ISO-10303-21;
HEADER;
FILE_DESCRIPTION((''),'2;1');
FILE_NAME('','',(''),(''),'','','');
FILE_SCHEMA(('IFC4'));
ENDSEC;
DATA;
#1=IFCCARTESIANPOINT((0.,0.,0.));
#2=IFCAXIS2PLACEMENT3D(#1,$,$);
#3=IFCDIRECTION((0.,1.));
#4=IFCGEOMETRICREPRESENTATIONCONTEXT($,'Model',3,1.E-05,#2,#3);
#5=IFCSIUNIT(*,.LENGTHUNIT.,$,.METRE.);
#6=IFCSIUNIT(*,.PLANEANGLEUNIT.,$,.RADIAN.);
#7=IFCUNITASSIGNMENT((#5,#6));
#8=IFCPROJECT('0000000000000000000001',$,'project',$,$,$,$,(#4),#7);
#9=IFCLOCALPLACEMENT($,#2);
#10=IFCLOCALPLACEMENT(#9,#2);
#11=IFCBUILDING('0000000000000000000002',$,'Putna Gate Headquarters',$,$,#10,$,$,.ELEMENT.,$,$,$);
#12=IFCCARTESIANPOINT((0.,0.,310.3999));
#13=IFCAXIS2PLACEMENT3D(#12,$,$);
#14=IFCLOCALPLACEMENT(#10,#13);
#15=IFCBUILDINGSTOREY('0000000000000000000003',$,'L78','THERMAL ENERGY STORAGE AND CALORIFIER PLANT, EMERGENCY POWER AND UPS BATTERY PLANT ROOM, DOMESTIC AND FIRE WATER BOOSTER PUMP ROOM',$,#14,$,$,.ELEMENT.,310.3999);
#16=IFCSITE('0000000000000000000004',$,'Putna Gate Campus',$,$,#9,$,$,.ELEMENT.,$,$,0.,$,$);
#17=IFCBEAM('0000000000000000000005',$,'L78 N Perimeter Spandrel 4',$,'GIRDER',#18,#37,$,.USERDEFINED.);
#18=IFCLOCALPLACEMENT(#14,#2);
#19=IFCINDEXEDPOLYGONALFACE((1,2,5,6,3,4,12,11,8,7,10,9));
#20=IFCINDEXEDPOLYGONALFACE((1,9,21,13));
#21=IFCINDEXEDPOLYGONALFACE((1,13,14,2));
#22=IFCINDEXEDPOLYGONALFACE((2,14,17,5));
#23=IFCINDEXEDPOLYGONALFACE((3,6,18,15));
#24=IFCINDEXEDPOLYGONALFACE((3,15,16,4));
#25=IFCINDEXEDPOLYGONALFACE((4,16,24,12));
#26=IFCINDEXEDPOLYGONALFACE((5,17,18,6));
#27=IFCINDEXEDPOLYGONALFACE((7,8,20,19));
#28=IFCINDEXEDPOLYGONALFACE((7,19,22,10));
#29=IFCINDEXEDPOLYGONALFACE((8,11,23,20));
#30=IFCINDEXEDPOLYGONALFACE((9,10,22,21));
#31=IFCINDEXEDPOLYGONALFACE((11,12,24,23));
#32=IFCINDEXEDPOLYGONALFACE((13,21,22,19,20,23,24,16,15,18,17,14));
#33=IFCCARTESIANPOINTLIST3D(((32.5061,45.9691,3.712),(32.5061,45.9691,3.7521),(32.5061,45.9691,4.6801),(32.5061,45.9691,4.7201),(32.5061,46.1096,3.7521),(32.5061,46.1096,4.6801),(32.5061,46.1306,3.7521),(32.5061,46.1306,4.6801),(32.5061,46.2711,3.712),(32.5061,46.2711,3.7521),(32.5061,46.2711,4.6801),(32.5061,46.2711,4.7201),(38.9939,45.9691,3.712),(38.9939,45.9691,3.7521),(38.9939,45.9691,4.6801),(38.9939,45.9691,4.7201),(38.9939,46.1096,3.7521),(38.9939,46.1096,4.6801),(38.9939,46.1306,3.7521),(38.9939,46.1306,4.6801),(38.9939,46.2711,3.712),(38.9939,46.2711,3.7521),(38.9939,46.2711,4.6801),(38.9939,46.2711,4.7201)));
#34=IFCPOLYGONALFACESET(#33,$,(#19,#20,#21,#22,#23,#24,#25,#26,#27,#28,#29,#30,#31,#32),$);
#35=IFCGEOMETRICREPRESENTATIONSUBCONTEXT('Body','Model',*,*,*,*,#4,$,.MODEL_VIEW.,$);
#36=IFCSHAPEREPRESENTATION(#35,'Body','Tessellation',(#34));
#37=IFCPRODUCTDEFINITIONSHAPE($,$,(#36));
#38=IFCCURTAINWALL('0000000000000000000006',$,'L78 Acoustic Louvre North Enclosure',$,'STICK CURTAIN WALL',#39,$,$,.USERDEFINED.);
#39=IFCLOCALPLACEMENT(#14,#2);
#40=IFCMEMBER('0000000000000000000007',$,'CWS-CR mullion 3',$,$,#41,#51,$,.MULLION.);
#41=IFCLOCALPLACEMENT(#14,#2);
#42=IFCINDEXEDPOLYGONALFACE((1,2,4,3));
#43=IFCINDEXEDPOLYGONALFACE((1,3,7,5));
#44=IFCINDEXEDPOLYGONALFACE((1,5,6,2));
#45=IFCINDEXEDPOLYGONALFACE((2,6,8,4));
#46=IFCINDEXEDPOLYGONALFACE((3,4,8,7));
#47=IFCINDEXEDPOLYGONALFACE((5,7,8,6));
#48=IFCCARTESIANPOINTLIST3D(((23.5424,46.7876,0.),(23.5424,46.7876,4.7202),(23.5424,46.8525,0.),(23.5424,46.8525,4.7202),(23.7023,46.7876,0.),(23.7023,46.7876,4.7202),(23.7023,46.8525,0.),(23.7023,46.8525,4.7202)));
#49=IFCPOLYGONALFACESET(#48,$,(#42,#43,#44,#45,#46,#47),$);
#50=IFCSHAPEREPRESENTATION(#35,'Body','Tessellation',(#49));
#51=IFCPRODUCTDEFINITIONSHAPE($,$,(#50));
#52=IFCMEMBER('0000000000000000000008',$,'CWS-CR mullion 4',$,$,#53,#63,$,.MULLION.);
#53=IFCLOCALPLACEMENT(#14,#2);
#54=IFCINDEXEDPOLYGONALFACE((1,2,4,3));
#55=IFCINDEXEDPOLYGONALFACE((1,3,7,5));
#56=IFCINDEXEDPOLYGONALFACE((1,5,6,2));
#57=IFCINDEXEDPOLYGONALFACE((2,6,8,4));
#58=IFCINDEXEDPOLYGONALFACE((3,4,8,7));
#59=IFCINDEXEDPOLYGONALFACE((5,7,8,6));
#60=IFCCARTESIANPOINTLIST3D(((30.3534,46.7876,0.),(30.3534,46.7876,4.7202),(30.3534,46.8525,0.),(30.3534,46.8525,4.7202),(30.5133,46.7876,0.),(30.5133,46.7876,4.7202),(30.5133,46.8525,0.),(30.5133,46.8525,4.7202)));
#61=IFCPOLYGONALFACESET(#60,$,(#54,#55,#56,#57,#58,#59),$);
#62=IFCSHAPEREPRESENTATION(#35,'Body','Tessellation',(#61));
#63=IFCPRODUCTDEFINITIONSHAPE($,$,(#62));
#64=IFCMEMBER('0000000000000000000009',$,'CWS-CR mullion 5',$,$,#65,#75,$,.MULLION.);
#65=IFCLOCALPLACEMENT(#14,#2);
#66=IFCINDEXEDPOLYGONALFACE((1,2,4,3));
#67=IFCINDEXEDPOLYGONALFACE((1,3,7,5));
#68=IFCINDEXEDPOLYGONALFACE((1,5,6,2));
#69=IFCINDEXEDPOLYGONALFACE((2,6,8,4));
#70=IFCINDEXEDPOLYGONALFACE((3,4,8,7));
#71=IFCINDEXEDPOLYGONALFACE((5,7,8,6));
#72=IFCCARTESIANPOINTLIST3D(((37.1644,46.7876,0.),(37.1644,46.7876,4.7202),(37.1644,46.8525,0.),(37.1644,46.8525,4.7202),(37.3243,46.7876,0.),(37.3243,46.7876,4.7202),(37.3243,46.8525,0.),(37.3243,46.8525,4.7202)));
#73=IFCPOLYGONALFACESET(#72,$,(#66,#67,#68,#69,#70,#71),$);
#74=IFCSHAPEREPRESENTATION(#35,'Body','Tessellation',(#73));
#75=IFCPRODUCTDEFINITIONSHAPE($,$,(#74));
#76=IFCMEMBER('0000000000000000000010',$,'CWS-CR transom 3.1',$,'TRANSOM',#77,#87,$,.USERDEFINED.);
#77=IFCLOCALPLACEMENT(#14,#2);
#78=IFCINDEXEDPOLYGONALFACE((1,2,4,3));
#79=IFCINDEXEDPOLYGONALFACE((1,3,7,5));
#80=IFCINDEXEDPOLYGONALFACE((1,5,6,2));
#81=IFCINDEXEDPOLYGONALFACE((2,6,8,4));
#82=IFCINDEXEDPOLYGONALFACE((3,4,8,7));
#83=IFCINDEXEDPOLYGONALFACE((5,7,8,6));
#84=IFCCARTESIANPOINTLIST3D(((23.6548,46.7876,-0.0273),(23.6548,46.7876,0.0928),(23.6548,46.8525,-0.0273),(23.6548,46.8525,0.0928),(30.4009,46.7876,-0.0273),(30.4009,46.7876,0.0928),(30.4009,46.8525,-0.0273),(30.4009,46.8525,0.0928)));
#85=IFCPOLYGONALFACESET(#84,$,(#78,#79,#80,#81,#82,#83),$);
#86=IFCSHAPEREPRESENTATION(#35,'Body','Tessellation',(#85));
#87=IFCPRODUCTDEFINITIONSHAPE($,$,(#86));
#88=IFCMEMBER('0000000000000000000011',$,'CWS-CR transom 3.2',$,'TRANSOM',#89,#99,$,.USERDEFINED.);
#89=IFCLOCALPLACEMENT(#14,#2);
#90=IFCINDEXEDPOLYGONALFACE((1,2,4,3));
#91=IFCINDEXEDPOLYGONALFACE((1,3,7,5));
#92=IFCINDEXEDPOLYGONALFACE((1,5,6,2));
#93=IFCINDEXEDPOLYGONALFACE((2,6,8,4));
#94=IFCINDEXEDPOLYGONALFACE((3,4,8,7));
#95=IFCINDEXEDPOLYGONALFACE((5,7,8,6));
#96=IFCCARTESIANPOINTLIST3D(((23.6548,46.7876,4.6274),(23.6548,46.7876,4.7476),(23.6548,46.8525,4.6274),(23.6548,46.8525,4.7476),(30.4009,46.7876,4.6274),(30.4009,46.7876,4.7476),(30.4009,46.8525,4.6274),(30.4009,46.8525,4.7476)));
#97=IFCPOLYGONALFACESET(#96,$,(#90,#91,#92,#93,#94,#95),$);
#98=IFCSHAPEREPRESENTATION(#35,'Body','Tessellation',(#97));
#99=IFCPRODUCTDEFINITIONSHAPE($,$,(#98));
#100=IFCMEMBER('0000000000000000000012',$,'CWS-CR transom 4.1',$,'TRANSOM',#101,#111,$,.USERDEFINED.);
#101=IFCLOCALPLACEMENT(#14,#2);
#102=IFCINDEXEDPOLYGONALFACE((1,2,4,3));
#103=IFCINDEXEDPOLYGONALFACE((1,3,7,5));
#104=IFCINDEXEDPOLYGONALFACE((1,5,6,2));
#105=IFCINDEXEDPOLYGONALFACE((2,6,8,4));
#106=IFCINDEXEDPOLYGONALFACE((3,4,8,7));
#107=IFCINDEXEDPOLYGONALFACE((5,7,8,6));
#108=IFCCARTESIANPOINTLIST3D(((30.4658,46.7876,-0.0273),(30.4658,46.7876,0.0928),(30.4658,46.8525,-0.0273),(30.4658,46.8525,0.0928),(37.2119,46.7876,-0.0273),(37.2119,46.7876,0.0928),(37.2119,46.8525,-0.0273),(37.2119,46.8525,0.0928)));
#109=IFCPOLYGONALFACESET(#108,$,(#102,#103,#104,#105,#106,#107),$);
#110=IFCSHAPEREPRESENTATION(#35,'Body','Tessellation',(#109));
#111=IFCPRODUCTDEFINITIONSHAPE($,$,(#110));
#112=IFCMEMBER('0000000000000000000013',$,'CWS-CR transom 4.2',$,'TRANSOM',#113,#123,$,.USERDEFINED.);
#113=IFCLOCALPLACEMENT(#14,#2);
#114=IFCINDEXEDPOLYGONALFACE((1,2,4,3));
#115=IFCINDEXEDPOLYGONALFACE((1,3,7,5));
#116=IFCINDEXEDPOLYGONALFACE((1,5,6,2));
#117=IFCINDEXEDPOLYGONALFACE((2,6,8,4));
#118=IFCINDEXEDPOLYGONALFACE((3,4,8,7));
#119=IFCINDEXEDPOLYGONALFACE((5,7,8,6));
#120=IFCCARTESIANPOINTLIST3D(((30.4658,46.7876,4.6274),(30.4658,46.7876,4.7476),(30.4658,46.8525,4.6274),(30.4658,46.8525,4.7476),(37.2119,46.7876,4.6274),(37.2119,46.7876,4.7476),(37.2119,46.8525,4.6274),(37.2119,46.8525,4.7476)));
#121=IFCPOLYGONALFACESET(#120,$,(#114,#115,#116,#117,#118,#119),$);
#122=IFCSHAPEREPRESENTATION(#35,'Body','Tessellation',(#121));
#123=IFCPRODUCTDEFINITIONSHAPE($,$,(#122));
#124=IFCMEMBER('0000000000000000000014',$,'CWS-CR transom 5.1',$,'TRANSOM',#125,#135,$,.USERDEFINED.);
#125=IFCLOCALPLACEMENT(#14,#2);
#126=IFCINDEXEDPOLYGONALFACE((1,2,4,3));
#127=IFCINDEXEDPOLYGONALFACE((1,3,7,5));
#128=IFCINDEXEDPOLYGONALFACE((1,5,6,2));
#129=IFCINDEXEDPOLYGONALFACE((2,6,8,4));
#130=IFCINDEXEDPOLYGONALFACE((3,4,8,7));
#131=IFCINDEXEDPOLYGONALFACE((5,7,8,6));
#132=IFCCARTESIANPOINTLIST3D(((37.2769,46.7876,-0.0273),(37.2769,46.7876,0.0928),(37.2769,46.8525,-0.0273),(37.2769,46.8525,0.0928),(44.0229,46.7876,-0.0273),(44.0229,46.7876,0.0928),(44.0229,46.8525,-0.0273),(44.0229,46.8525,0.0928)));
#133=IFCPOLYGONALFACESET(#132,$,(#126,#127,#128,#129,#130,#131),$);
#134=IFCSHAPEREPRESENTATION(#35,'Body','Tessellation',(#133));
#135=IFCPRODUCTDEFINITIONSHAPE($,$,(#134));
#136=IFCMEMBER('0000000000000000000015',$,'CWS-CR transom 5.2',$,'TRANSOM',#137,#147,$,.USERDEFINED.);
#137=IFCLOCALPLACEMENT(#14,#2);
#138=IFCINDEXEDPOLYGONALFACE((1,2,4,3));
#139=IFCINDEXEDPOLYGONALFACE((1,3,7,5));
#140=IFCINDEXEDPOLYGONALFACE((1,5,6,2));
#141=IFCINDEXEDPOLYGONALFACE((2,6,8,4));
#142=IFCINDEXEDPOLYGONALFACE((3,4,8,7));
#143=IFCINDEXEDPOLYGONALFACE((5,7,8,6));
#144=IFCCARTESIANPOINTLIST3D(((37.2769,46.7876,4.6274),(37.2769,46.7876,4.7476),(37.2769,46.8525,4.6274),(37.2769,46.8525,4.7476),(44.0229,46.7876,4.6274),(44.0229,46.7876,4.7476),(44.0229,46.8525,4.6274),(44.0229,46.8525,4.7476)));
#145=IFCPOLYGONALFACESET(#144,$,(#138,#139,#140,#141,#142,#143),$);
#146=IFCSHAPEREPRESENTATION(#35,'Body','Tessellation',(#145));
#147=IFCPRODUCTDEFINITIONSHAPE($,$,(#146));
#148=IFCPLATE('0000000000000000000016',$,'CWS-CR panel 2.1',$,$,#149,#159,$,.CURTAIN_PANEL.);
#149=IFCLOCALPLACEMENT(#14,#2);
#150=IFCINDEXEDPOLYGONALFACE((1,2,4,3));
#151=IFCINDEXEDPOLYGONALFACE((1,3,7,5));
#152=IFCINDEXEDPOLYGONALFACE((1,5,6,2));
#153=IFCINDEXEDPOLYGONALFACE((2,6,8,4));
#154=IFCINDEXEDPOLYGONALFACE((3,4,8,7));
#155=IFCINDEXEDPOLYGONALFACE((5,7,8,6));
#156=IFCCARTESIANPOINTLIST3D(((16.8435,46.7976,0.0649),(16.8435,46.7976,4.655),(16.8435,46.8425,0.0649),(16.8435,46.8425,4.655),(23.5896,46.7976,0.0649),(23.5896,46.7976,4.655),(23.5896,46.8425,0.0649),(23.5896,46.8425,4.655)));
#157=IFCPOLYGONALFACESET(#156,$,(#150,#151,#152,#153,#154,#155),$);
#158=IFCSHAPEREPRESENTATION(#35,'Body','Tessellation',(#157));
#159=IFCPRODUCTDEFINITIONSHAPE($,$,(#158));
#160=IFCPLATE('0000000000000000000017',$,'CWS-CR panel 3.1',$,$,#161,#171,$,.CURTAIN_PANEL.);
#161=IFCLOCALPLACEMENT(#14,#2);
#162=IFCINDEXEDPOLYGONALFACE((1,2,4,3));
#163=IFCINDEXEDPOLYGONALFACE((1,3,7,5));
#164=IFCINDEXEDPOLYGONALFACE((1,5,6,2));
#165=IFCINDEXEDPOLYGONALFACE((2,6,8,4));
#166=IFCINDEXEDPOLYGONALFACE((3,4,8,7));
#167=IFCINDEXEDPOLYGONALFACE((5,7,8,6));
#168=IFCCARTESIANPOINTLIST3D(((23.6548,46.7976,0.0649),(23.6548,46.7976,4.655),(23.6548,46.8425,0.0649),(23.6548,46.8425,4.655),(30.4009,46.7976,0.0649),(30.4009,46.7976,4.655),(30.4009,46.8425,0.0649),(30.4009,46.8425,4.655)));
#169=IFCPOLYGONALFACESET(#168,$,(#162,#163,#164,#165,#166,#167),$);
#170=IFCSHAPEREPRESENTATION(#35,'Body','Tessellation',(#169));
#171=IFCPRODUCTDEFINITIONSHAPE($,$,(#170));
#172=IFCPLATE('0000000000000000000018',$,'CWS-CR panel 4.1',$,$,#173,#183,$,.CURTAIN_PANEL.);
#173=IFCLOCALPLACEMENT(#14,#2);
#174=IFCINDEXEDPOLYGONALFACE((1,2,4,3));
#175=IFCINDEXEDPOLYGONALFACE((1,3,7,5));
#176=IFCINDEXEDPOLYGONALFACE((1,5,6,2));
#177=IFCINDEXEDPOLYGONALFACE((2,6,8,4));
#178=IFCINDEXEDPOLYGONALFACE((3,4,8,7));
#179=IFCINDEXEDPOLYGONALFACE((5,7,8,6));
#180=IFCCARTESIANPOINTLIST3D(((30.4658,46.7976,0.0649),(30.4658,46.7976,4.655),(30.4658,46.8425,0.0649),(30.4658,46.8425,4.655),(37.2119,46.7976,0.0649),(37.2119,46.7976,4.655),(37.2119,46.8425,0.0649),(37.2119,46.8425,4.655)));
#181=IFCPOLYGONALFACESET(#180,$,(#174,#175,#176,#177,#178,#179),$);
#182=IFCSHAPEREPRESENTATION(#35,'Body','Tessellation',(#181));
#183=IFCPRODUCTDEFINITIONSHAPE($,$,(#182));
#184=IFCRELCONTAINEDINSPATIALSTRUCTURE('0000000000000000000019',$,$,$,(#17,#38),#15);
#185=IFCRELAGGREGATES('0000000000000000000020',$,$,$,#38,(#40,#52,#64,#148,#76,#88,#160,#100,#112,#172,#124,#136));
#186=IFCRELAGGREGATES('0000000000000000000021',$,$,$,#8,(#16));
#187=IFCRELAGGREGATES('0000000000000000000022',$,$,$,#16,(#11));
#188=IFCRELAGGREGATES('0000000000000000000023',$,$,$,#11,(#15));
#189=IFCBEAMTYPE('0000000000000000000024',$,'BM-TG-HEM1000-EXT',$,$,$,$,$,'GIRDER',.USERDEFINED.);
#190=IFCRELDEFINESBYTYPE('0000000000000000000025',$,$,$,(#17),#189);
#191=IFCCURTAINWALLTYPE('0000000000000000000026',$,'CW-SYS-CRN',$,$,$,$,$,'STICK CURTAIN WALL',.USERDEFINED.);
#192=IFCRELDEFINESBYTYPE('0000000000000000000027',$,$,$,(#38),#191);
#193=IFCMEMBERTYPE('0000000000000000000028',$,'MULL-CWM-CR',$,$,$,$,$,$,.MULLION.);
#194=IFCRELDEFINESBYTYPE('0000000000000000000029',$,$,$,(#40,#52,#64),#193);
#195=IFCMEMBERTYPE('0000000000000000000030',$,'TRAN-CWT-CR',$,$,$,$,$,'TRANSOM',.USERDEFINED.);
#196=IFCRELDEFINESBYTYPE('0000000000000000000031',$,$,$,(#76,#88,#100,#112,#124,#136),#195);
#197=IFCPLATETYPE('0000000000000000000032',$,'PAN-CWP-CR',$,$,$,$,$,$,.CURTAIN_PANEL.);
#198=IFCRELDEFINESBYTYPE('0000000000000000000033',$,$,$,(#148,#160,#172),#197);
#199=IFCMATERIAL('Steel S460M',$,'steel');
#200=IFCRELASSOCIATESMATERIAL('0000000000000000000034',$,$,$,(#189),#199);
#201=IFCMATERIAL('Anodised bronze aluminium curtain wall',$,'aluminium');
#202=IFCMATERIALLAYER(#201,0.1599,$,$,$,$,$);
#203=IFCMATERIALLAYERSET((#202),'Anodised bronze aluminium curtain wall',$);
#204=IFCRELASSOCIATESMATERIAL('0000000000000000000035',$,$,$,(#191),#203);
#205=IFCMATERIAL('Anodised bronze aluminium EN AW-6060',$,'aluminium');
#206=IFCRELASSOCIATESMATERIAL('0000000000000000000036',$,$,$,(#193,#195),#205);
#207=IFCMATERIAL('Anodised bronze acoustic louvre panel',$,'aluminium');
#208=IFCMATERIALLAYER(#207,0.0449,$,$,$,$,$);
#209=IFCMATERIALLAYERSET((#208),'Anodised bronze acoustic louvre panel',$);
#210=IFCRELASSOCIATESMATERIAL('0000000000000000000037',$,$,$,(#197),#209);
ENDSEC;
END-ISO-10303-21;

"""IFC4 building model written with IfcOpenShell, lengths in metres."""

from ifc_helpers import new_model, si_unit, direction, frame, origin, origin_2d, place, context, subcontext, project, spatial, rectangle, i_section, extrude, material, layer, layer_set, material_profile, profile_set, type_object, element, aggregate, save


model = new_model("IFC4")

# Units and contexts
model_context = context("Model", 3, precision=1e-05, world=origin(), true_north=direction((0.0, 1.0)))
body_context = subcontext(model_context, "Body", "Model", "MODEL_VIEW")
ifc_project = project(units=[si_unit("LENGTHUNIT", "METRE"), si_unit("PLANEANGLEUNIT", "RADIAN")], contexts=[model_context])

# Site, building, storey
site_placement = place(None, origin())
site = spatial("IfcSite", under=ifc_project, at=site_placement, Name="Putna Gate Campus", CompositionType="ELEMENT", RefElevation=0.0)
building_placement = place(site_placement, origin())
building = spatial("IfcBuilding", under=site, at=building_placement, Name="Putna Gate Headquarters", CompositionType="ELEMENT")
storey_placement = place(building_placement, frame((0.0, 0.0, 310.3999)))
storey = spatial("IfcBuildingStorey", under=building, at=storey_placement, Name="L78", Description="THERMAL ENERGY STORAGE AND CALORIFIER PLANT, EMERGENCY POWER AND UPS BATTERY PLANT ROOM, DOMESTIC AND FIRE WATER BOOSTER PUMP ROOM", CompositionType="ELEMENT", Elevation=310.3999)

# Shared definitions
ifc_material_1 = material(Name="Steel S460M", Category="steel")

# Beam
ifc_material_profile_1 = material_profile(ifc_material_1, i_section(OverallWidth=0.302, OverallDepth=1.0081, WebThickness=0.021, FlangeThickness=0.04, at=origin_2d()), Name="Steel S460M")
ifc_profile_set_1 = profile_set([ifc_material_profile_1], Name="Steel S460M")
beam_type_1 = type_object("IfcBeamType", Name="BM-TG-HEM1000-EXT", ElementType="GIRDER", PredefinedType="USERDEFINED", material=ifc_profile_set_1)
for number, where, z_axis, x_axis, name in (
    (1, (32.5061, 46.1201, 4.2161), (1.0, 0.0, 0.0), (0.0, 1.0, 0.0), "L78 N Perimeter Spandrel 4"),
):
    element("IfcBeam", number, at=place(storey_placement, frame(where, z_axis=z_axis, x_axis=x_axis)), inside=storey, type_object=beam_type_1, Name=name, ObjectType="GIRDER", PredefinedType="USERDEFINED", context=body_context, shape_type="SweptSolid", body=[
        extrude(i_section(OverallWidth=0.302, OverallDepth=1.0081, WebThickness=0.021, FlangeThickness=0.04, at=origin_2d()), origin(), (0.0, 0.0, 1.0), 6.4878),
    ])

# Curtain wall, members, plates
ifc_material_2 = material(Name="Anodised bronze aluminium curtain wall", Category="aluminium")
ifc_layer_1 = layer(ifc_material_2, 0.1599)
ifc_layer_set_1 = layer_set([ifc_layer_1], Name="Anodised bronze aluminium curtain wall")
curtain_wall_type = type_object("IfcCurtainWallType", Name="CW-SYS-CRN", ElementType="STICK CURTAIN WALL", PredefinedType="USERDEFINED", material=ifc_layer_set_1)
curtain_wall_placement = place(storey_placement, origin())
curtain_wall = element("IfcCurtainWall", 2, at=curtain_wall_placement, inside=storey, type_object=curtain_wall_type, Name="L78 Acoustic Louvre North Enclosure", ObjectType="STICK CURTAIN WALL", PredefinedType="USERDEFINED")
ifc_material_3 = material(Name="Anodised bronze aluminium EN AW-6060", Category="aluminium")
ifc_material_profile_2 = material_profile(ifc_material_3, rectangle(XDim=0.0649, YDim=0.1599, at=origin_2d()), Name="Anodised bronze aluminium EN AW-6060")
ifc_profile_set_2 = profile_set([ifc_material_profile_2], Name="Anodised bronze aluminium EN AW-6060")
member_type_1 = type_object("IfcMemberType", Name="MULL-CWM-CR", PredefinedType="MULLION", material=ifc_profile_set_2)
member_1_placement = place(storey_placement, frame((23.6223, 46.8201, 0.0), z_axis=(0.0, 0.0, 1.0), x_axis=(0.0, 1.0, 0.0)))
member_1 = element("IfcMember", 3, at=member_1_placement, type_object=member_type_1, Name="CWS-CR mullion 3", PredefinedType="MULLION", context=body_context, shape_type="SweptSolid", body=[
    extrude(rectangle(XDim=0.0649, YDim=0.1599, at=origin_2d()), origin(), (0.0, 0.0, 1.0), 4.7202),
])
member_2_placement = place(storey_placement, frame((30.4333, 46.8201, 0.0), z_axis=(0.0, 0.0, 1.0), x_axis=(0.0, 1.0, 0.0)))
member_2 = element("IfcMember", 4, at=member_2_placement, type_object=member_type_1, Name="CWS-CR mullion 4", PredefinedType="MULLION", context=body_context, shape_type="SweptSolid", body=[
    extrude(rectangle(XDim=0.0649, YDim=0.1599, at=origin_2d()), origin(), (0.0, 0.0, 1.0), 4.7202),
])
member_3_placement = place(storey_placement, frame((37.2444, 46.8201, 0.0), z_axis=(0.0, 0.0, 1.0), x_axis=(0.0, 1.0, 0.0)))
member_3 = element("IfcMember", 5, at=member_3_placement, type_object=member_type_1, Name="CWS-CR mullion 5", PredefinedType="MULLION", context=body_context, shape_type="SweptSolid", body=[
    extrude(rectangle(XDim=0.0649, YDim=0.1599, at=origin_2d()), origin(), (0.0, 0.0, 1.0), 4.7202),
])
ifc_material_profile_3 = material_profile(ifc_material_3, rectangle(XDim=0.0649, YDim=0.1201, at=origin_2d()), Name="Anodised bronze aluminium EN AW-6060")
ifc_profile_set_3 = profile_set([ifc_material_profile_3], Name="Anodised bronze aluminium EN AW-6060")
member_type_2 = type_object("IfcMemberType", Name="TRAN-CWT-CR", ElementType="TRANSOM", PredefinedType="USERDEFINED", material=ifc_profile_set_3)
member_4_placement = place(storey_placement, frame((23.6548, 46.8201, 0.0327), z_axis=(1.0, 0.0, 0.0), x_axis=(0.0, 1.0, 0.0)))
member_4 = element("IfcMember", 6, at=member_4_placement, type_object=member_type_2, Name="CWS-CR transom 3.1", ObjectType="TRANSOM", PredefinedType="USERDEFINED", context=body_context, shape_type="SweptSolid", body=[
    extrude(rectangle(XDim=0.0649, YDim=0.1201, at=origin_2d()), origin(), (0.0, 0.0, 1.0), 6.7461),
])
member_5_placement = place(storey_placement, frame((23.6548, 46.8201, 4.6875), z_axis=(1.0, 0.0, 0.0), x_axis=(0.0, 1.0, 0.0)))
member_5 = element("IfcMember", 7, at=member_5_placement, type_object=member_type_2, Name="CWS-CR transom 3.2", ObjectType="TRANSOM", PredefinedType="USERDEFINED", context=body_context, shape_type="SweptSolid", body=[
    extrude(rectangle(XDim=0.0649, YDim=0.1201, at=origin_2d()), origin(), (0.0, 0.0, 1.0), 6.7461),
])
member_6_placement = place(storey_placement, frame((30.4658, 46.8201, 0.0327), z_axis=(1.0, 0.0, 0.0), x_axis=(0.0, 1.0, 0.0)))
member_6 = element("IfcMember", 8, at=member_6_placement, type_object=member_type_2, Name="CWS-CR transom 4.1", ObjectType="TRANSOM", PredefinedType="USERDEFINED", context=body_context, shape_type="SweptSolid", body=[
    extrude(rectangle(XDim=0.0649, YDim=0.1201, at=origin_2d()), origin(), (0.0, 0.0, 1.0), 6.7461),
])
member_7_placement = place(storey_placement, frame((30.4658, 46.8201, 4.6875), z_axis=(1.0, 0.0, 0.0), x_axis=(0.0, 1.0, 0.0)))
member_7 = element("IfcMember", 9, at=member_7_placement, type_object=member_type_2, Name="CWS-CR transom 4.2", ObjectType="TRANSOM", PredefinedType="USERDEFINED", context=body_context, shape_type="SweptSolid", body=[
    extrude(rectangle(XDim=0.0649, YDim=0.1201, at=origin_2d()), origin(), (0.0, 0.0, 1.0), 6.7461),
])
member_8_placement = place(storey_placement, frame((37.2769, 46.8201, 0.0327), z_axis=(1.0, 0.0, 0.0), x_axis=(0.0, 1.0, 0.0)))
member_8 = element("IfcMember", 10, at=member_8_placement, type_object=member_type_2, Name="CWS-CR transom 5.1", ObjectType="TRANSOM", PredefinedType="USERDEFINED", context=body_context, shape_type="SweptSolid", body=[
    extrude(rectangle(XDim=0.0649, YDim=0.1201, at=origin_2d()), origin(), (0.0, 0.0, 1.0), 6.7461),
])
member_9_placement = place(storey_placement, frame((37.2769, 46.8201, 4.6875), z_axis=(1.0, 0.0, 0.0), x_axis=(0.0, 1.0, 0.0)))
member_9 = element("IfcMember", 11, at=member_9_placement, type_object=member_type_2, Name="CWS-CR transom 5.2", ObjectType="TRANSOM", PredefinedType="USERDEFINED", context=body_context, shape_type="SweptSolid", body=[
    extrude(rectangle(XDim=0.0649, YDim=0.1201, at=origin_2d()), origin(), (0.0, 0.0, 1.0), 6.7461),
])
ifc_material_4 = material(Name="Anodised bronze acoustic louvre panel", Category="aluminium")
ifc_layer_2 = layer(ifc_material_4, 0.0449)
ifc_layer_set_2 = layer_set([ifc_layer_2], Name="Anodised bronze acoustic louvre panel")
plate_type = type_object("IfcPlateType", Name="PAN-CWP-CR", PredefinedType="CURTAIN_PANEL", material=ifc_layer_set_2)
plate_1_placement = place(storey_placement, frame((20.2166, 46.8201, 0.0649), z_axis=(0.0, 0.0, 1.0), x_axis=(1.0, 0.0, 0.0)))
plate_1 = element("IfcPlate", 12, at=plate_1_placement, type_object=plate_type, Name="CWS-CR panel 2.1", PredefinedType="CURTAIN_PANEL", context=body_context, shape_type="SweptSolid", body=[
    extrude(rectangle(XDim=6.7461, YDim=0.0449, at=origin_2d()), origin(), (0.0, 0.0, 1.0), 4.5901),
])
plate_2_placement = place(storey_placement, frame((27.0278, 46.8201, 0.0649), z_axis=(0.0, 0.0, 1.0), x_axis=(1.0, 0.0, 0.0)))
plate_2 = element("IfcPlate", 13, at=plate_2_placement, type_object=plate_type, Name="CWS-CR panel 3.1", PredefinedType="CURTAIN_PANEL", context=body_context, shape_type="SweptSolid", body=[
    extrude(rectangle(XDim=6.7461, YDim=0.0449, at=origin_2d()), origin(), (0.0, 0.0, 1.0), 4.5901),
])
plate_3_placement = place(storey_placement, frame((33.8389, 46.8201, 0.0649), z_axis=(0.0, 0.0, 1.0), x_axis=(1.0, 0.0, 0.0)))
plate_3 = element("IfcPlate", 14, at=plate_3_placement, type_object=plate_type, Name="CWS-CR panel 4.1", PredefinedType="CURTAIN_PANEL", context=body_context, shape_type="SweptSolid", body=[
    extrude(rectangle(XDim=6.7461, YDim=0.0449, at=origin_2d()), origin(), (0.0, 0.0, 1.0), 4.5901),
])
aggregate(curtain_wall, [member_1, member_2, member_3, plate_1, member_4, member_5, plate_2, member_6, member_7, plate_3, member_8, member_9])

save(model, "model.ifc")
